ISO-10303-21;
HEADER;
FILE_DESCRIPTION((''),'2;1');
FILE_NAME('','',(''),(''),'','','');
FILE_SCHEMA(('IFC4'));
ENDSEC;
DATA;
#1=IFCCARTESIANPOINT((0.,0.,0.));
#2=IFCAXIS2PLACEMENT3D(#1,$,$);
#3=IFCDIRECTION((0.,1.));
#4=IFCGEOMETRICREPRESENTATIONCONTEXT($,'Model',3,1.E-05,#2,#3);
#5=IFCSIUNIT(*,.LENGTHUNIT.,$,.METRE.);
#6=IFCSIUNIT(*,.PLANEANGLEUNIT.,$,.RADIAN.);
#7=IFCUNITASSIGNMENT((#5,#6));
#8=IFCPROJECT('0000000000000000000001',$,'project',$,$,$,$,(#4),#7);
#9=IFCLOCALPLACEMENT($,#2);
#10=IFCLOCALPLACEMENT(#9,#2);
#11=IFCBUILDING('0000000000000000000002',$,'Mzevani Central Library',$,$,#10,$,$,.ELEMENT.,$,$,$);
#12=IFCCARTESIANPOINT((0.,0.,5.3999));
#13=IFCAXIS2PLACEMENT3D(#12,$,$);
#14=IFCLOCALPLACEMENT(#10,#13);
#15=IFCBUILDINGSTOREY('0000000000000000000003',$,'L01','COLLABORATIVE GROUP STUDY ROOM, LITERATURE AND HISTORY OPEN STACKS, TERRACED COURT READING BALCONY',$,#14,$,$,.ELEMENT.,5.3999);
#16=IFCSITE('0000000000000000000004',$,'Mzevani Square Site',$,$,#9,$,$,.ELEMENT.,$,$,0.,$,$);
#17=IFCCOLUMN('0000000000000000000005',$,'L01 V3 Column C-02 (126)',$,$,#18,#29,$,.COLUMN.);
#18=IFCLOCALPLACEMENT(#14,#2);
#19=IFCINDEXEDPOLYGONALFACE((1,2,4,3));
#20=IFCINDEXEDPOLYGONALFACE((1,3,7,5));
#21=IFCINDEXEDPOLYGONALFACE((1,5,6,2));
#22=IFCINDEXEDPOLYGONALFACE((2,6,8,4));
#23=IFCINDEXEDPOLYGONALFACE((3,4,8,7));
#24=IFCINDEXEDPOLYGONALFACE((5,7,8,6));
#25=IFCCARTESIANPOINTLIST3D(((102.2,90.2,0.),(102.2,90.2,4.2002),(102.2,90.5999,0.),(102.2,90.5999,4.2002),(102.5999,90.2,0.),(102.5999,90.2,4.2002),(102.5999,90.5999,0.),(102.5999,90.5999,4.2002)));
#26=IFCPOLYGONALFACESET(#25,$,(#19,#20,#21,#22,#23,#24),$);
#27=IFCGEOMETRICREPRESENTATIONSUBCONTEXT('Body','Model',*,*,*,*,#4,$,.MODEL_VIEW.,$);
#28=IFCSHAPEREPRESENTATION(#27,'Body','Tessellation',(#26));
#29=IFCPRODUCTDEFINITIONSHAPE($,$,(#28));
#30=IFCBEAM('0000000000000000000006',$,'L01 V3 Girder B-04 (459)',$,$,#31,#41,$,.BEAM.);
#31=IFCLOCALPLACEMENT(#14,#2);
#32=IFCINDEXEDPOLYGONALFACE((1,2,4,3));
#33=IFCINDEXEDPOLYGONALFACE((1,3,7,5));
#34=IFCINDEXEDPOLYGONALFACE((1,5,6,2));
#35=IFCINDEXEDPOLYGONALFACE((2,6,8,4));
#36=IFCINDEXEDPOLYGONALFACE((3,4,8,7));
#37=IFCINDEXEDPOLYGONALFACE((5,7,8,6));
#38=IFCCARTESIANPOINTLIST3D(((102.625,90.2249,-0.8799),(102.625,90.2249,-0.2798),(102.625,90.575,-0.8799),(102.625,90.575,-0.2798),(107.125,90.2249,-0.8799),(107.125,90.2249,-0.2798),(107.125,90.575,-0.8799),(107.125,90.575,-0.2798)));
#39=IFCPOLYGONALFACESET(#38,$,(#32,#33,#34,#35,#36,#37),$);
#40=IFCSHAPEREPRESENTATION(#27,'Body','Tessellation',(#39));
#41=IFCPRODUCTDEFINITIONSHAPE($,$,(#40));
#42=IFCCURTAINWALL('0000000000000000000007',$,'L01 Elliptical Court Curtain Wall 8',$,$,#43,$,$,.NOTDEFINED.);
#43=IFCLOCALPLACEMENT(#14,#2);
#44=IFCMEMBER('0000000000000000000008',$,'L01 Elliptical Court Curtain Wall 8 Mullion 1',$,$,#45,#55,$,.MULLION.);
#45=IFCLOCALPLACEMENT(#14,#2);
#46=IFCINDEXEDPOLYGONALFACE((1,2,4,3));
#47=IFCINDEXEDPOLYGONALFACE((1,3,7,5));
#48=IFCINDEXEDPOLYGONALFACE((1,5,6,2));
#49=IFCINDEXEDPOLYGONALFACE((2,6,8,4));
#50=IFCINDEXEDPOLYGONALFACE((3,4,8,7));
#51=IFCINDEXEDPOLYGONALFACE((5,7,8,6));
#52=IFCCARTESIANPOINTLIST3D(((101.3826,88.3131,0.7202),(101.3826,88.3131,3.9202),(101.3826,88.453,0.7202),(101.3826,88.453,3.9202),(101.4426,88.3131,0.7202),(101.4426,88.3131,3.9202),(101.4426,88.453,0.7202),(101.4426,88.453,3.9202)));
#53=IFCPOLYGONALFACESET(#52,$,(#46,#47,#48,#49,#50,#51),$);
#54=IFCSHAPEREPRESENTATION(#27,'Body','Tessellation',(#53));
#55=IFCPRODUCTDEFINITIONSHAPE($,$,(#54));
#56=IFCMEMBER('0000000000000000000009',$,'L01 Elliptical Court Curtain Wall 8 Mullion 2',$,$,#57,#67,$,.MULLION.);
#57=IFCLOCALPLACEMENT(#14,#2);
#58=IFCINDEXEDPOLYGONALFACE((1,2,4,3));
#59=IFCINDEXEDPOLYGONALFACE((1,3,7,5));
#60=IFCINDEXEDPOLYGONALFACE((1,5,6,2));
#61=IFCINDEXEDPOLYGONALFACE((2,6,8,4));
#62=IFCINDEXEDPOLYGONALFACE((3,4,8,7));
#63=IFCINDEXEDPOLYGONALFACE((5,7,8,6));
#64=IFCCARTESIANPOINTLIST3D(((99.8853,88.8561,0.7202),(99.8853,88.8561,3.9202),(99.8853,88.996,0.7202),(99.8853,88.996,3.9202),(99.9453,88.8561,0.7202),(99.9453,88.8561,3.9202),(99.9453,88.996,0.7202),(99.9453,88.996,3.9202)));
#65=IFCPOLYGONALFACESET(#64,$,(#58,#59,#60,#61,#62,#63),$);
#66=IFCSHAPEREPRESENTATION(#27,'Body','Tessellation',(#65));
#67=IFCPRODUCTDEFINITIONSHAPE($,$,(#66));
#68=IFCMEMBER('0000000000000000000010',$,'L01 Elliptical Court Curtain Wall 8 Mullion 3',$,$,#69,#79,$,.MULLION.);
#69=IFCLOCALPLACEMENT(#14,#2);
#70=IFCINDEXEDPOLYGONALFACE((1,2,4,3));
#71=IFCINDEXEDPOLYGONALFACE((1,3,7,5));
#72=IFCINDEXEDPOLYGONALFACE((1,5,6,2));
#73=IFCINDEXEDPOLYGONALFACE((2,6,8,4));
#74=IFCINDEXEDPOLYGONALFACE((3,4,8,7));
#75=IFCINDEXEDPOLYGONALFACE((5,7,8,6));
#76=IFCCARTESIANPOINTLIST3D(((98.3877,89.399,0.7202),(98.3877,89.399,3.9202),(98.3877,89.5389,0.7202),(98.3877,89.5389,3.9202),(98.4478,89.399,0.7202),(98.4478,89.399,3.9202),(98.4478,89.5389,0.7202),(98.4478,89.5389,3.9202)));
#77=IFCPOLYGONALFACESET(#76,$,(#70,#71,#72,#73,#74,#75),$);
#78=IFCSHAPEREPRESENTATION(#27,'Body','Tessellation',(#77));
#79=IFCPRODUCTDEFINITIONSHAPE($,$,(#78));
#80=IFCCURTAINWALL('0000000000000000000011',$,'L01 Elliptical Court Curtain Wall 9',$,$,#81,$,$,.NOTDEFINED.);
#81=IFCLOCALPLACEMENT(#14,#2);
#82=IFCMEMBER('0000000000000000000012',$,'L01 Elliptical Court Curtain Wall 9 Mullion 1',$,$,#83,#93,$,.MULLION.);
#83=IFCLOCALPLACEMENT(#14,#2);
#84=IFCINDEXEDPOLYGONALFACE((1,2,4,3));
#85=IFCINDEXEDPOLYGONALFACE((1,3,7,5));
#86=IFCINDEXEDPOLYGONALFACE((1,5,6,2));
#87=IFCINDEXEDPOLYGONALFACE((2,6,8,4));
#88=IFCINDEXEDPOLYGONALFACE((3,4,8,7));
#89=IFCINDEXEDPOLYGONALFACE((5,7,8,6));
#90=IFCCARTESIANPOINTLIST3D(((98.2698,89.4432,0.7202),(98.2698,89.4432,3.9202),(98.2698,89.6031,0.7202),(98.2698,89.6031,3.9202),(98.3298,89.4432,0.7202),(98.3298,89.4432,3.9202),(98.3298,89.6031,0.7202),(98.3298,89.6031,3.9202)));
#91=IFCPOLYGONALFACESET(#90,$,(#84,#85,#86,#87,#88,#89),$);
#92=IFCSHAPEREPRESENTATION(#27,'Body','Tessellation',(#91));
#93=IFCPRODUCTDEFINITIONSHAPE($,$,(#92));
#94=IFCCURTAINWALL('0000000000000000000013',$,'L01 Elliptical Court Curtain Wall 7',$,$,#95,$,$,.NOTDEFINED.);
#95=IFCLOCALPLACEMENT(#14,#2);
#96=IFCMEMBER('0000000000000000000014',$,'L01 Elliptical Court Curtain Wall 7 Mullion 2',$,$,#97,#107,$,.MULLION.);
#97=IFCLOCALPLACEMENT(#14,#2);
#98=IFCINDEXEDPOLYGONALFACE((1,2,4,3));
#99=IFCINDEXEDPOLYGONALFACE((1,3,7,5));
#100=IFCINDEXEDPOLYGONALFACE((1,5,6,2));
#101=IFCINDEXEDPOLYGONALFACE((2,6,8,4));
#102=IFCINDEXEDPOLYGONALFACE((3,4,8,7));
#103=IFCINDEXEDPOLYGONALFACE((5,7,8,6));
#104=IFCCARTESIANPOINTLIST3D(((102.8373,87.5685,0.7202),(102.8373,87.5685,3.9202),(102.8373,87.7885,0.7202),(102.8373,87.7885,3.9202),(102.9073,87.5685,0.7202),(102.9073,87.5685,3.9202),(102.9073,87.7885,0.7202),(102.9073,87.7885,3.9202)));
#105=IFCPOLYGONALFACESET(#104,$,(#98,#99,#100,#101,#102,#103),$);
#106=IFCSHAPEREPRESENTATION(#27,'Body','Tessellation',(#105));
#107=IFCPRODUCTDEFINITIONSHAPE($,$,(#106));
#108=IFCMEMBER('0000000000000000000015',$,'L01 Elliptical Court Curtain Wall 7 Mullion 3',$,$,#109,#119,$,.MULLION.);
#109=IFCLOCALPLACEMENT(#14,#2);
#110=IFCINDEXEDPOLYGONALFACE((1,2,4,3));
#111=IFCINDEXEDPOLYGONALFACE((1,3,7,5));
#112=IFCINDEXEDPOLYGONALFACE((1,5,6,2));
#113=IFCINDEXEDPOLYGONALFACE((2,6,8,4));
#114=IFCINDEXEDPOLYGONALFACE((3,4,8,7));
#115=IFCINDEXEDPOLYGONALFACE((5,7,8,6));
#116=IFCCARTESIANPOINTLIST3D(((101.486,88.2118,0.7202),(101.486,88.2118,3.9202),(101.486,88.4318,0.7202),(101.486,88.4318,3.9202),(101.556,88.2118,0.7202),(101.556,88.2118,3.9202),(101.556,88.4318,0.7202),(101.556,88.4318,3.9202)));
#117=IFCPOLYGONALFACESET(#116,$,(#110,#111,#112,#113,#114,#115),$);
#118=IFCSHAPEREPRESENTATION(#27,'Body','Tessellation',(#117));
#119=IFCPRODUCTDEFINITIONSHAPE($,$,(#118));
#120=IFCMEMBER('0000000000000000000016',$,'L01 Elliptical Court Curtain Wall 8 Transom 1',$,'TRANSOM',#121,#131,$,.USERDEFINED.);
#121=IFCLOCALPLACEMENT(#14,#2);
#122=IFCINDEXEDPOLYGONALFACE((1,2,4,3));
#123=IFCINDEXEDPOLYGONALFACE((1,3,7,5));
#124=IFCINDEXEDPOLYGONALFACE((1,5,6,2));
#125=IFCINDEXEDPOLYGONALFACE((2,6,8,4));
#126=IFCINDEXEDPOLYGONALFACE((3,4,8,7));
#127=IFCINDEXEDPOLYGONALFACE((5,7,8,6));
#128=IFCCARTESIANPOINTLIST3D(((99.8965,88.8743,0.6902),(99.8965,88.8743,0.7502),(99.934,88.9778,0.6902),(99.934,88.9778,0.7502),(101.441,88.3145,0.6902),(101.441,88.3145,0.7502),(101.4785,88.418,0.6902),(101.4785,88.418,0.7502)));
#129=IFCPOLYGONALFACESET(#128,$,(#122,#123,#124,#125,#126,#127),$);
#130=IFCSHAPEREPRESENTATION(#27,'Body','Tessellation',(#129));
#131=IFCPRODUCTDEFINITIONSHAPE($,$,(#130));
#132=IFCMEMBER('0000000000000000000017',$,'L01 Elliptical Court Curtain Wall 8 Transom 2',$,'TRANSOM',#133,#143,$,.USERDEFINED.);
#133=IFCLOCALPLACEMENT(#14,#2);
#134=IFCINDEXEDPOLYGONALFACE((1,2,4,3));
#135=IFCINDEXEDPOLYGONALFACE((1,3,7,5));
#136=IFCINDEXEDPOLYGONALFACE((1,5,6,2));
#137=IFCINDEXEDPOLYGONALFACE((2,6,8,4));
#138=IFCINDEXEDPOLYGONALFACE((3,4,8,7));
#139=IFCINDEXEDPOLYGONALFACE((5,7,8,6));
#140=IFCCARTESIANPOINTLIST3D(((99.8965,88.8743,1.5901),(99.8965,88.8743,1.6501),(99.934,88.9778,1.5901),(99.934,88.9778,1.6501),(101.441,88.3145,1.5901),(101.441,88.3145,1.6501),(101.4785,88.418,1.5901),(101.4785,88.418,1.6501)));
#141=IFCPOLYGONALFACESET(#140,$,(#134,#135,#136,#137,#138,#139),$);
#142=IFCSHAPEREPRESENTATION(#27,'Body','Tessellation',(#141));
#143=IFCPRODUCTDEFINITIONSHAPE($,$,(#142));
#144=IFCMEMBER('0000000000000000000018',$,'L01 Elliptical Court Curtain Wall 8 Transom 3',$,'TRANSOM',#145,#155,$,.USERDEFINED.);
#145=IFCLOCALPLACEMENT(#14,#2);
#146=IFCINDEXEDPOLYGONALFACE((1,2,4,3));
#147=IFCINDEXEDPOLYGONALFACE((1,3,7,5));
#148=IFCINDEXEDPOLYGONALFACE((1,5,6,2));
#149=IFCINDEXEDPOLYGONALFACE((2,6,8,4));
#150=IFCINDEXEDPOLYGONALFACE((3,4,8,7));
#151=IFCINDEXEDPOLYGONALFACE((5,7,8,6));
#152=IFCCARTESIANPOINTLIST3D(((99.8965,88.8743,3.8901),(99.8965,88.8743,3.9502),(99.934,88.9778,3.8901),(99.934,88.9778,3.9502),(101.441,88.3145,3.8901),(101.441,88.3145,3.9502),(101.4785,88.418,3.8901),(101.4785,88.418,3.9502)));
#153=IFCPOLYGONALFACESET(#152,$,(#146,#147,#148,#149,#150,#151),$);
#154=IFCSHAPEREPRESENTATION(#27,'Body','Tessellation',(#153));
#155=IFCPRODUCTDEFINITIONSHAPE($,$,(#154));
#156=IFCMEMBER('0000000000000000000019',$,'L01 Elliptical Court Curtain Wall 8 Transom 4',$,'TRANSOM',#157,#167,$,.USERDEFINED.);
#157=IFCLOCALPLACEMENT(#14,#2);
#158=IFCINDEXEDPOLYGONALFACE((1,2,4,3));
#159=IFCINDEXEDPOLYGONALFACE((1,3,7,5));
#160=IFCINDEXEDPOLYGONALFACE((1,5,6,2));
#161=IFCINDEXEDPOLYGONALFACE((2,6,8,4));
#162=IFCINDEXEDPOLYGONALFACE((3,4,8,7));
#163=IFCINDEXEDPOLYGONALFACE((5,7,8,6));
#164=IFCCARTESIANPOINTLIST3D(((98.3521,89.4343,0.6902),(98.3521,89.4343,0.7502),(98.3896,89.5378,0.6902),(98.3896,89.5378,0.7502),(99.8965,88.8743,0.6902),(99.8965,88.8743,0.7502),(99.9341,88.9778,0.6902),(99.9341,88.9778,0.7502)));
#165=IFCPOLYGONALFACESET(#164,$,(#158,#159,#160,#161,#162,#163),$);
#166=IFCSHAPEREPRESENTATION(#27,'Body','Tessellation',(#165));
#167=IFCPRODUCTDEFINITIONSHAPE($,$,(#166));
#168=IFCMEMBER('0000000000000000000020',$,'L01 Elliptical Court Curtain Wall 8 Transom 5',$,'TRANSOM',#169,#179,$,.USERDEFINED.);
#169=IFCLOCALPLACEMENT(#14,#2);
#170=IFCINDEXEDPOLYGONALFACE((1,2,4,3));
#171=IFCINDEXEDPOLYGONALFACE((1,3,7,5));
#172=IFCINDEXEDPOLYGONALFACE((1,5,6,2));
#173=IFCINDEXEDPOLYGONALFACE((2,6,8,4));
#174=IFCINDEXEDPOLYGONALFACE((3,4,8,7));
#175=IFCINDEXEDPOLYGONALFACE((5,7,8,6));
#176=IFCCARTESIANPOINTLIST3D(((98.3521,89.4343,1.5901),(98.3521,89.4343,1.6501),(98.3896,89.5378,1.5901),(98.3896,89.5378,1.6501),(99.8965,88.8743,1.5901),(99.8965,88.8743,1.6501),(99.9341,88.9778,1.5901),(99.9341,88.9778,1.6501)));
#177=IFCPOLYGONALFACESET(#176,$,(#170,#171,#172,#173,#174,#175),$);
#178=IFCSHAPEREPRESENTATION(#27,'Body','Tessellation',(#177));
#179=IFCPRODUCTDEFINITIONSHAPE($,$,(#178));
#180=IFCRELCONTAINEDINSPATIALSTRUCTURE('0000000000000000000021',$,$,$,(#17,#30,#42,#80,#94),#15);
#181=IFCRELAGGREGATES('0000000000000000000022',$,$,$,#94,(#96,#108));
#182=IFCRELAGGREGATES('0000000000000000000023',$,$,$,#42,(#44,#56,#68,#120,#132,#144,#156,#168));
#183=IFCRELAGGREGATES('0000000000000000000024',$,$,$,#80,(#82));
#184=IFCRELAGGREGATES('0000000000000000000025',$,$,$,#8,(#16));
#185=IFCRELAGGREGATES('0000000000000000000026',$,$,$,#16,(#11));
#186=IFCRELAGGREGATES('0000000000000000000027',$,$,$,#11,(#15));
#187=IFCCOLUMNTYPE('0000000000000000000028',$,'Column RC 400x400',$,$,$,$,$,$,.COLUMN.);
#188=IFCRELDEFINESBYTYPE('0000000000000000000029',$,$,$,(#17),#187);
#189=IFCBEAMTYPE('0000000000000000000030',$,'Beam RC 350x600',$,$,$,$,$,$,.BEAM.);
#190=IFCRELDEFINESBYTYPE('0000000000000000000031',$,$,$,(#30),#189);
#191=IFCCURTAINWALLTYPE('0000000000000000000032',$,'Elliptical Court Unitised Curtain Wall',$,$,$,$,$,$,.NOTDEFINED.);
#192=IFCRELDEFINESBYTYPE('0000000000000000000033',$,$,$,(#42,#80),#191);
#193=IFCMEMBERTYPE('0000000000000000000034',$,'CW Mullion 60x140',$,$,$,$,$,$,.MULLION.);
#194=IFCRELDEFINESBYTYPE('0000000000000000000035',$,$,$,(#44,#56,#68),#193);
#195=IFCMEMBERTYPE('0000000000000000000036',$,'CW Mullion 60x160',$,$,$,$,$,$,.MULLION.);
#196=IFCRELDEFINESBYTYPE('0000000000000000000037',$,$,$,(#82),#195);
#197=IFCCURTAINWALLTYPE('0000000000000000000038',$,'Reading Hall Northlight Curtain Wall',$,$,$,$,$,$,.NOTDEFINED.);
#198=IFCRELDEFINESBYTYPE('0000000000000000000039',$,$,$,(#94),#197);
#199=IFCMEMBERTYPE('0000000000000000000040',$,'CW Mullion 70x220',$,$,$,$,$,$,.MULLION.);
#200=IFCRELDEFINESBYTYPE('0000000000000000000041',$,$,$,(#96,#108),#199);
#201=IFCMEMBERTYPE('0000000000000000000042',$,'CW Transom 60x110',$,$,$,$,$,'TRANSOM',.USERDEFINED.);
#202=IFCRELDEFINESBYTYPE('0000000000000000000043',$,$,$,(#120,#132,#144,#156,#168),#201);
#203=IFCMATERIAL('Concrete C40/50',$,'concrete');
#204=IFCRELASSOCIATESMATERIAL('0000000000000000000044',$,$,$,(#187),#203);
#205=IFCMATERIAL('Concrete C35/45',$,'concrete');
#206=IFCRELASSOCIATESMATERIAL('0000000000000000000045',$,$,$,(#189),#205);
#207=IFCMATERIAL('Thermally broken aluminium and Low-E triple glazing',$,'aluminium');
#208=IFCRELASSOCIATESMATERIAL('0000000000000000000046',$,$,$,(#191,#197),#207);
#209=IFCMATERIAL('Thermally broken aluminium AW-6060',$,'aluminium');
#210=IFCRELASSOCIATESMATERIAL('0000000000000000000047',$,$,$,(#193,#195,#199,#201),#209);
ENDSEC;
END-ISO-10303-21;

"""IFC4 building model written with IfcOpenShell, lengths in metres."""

from ifc_helpers import new_model, si_unit, direction, frame, origin, origin_2d, place, context, subcontext, project, spatial, rectangle, extrude, material, material_profile, profile_set, type_object, element, aggregate, save


model = new_model("IFC4")

# Units and contexts
model_context = context("Model", 3, precision=1e-05, world=origin(), true_north=direction((0.0, 1.0)))
body_context = subcontext(model_context, "Body", "Model", "MODEL_VIEW")
ifc_project = project(units=[si_unit("LENGTHUNIT", "METRE"), si_unit("PLANEANGLEUNIT", "RADIAN")], contexts=[model_context])

# Site, building, storey
site_placement = place(None, origin())
site = spatial("IfcSite", under=ifc_project, at=site_placement, Name="Mzevani Square Site", CompositionType="ELEMENT", RefElevation=0.0)
building_placement = place(site_placement, origin())
building = spatial("IfcBuilding", under=site, at=building_placement, Name="Mzevani Central Library", CompositionType="ELEMENT")
storey_placement = place(building_placement, frame((0.0, 0.0, 5.3999)))
storey = spatial("IfcBuildingStorey", under=building, at=storey_placement, Name="L01", Description="COLLABORATIVE GROUP STUDY ROOM, LITERATURE AND HISTORY OPEN STACKS, TERRACED COURT READING BALCONY", CompositionType="ELEMENT", Elevation=5.3999)

# Column
ifc_material_1 = material(Name="Concrete C40/50", Category="concrete")
ifc_material_profile_1 = material_profile(ifc_material_1, rectangle(XDim=0.3999, YDim=0.3999, at=origin_2d()), Name="RC 400x400")
ifc_profile_set_1 = profile_set([ifc_material_profile_1], Name="Concrete C40/50")
column_type = type_object("IfcColumnType", Name="Column RC 400x400", PredefinedType="COLUMN", material=ifc_profile_set_1)
column_placement = place(storey_placement, frame((102.3999, 90.3999, 0.0), z_axis=(0.0, 0.0, 1.0), x_axis=(1.0, 0.0, 0.0)))
element("IfcColumn", 1, at=column_placement, inside=storey, type_object=column_type, Name="L01 V3 Column C-02 (126)", PredefinedType="COLUMN", context=body_context, shape_type="SweptSolid", body=[
    extrude(rectangle(XDim=0.3999, YDim=0.3999, at=origin_2d()), origin(), (0.0, 0.0, 1.0), 4.2002),
])

# Beam
ifc_material_2 = material(Name="Concrete C35/45", Category="concrete")
ifc_material_profile_2 = material_profile(ifc_material_2, rectangle(XDim=0.3501, YDim=0.6001, at=origin_2d()), Name="RC B350x600")
ifc_profile_set_2 = profile_set([ifc_material_profile_2], Name="Concrete C35/45")
beam_type = type_object("IfcBeamType", Name="Beam RC 350x600", PredefinedType="BEAM", material=ifc_profile_set_2)
beam_placement = place(storey_placement, frame((102.625, 90.3999, -0.5798), z_axis=(1.0, 0.0, 0.0), x_axis=(0.0, 1.0, 0.0)))
element("IfcBeam", 2, at=beam_placement, inside=storey, type_object=beam_type, Name="L01 V3 Girder B-04 (459)", PredefinedType="BEAM", context=body_context, shape_type="SweptSolid", body=[
    extrude(rectangle(XDim=0.3501, YDim=0.6001, at=origin_2d()), origin(), (0.0, 0.0, 1.0), 4.5),
])

# Curtain wall, members
ifc_material_3 = material(Name="Thermally broken aluminium and Low-E triple glazing", Category="aluminium")
curtain_wall_type_1 = type_object("IfcCurtainWallType", Name="Elliptical Court Unitised Curtain Wall", PredefinedType="NOTDEFINED", material=ifc_material_3)
curtain_wall_1_placement = place(storey_placement, origin())
curtain_wall_1 = element("IfcCurtainWall", 3, at=curtain_wall_1_placement, inside=storey, type_object=curtain_wall_type_1, Name="L01 Elliptical Court Curtain Wall 8", PredefinedType="NOTDEFINED")
ifc_material_4 = material(Name="Thermally broken aluminium AW-6060", Category="aluminium")
ifc_material_profile_3 = material_profile(ifc_material_4, rectangle(XDim=0.0601, YDim=0.1399, at=origin_2d()), Name="ALU M60x140")
ifc_profile_set_3 = profile_set([ifc_material_profile_3], Name="Thermally broken aluminium AW-6060")
member_type_1 = type_object("IfcMemberType", Name="CW Mullion 60x140", PredefinedType="MULLION", material=ifc_profile_set_3)
member_1_placement = place(storey_placement, frame((101.4126, 88.3831, 0.7202), z_axis=(0.0, 0.0, 1.0), x_axis=(1.0, 0.0, 0.0)))
member_1 = element("IfcMember", 4, at=member_1_placement, type_object=member_type_1, Name="L01 Elliptical Court Curtain Wall 8 Mullion 1", PredefinedType="MULLION", context=body_context, shape_type="SweptSolid", body=[
    extrude(rectangle(XDim=0.0601, YDim=0.1399, at=origin_2d()), origin(), (0.0, 0.0, 1.0), 3.2),
])
member_2_placement = place(storey_placement, frame((99.9153, 88.926, 0.7202), z_axis=(0.0, 0.0, 1.0), x_axis=(1.0, 0.0, 0.0)))
member_2 = element("IfcMember", 5, at=member_2_placement, type_object=member_type_1, Name="L01 Elliptical Court Curtain Wall 8 Mullion 2", PredefinedType="MULLION", context=body_context, shape_type="SweptSolid", body=[
    extrude(rectangle(XDim=0.0601, YDim=0.1399, at=origin_2d()), origin(), (0.0, 0.0, 1.0), 3.2),
])
member_3_placement = place(storey_placement, frame((98.4177, 89.469, 0.7202), z_axis=(0.0, 0.0, 1.0), x_axis=(1.0, 0.0, 0.0)))
member_3 = element("IfcMember", 6, at=member_3_placement, type_object=member_type_1, Name="L01 Elliptical Court Curtain Wall 8 Mullion 3", PredefinedType="MULLION", context=body_context, shape_type="SweptSolid", body=[
    extrude(rectangle(XDim=0.0601, YDim=0.1399, at=origin_2d()), origin(), (0.0, 0.0, 1.0), 3.2),
])

# Curtain wall, member
curtain_wall_2_placement = place(storey_placement, origin())
curtain_wall_2 = element("IfcCurtainWall", 7, at=curtain_wall_2_placement, inside=storey, type_object=curtain_wall_type_1, Name="L01 Elliptical Court Curtain Wall 9", PredefinedType="NOTDEFINED")
ifc_material_profile_4 = material_profile(ifc_material_4, rectangle(XDim=0.0601, YDim=0.1599, at=origin_2d()), Name="ALU M60x160")
ifc_profile_set_4 = profile_set([ifc_material_profile_4], Name="Thermally broken aluminium AW-6060")
member_type_2 = type_object("IfcMemberType", Name="CW Mullion 60x160", PredefinedType="MULLION", material=ifc_profile_set_4)
member_4_placement = place(storey_placement, frame((98.2998, 89.5232, 0.7202), z_axis=(0.0, 0.0, 1.0), x_axis=(1.0, 0.0, 0.0)))
member_4 = element("IfcMember", 8, at=member_4_placement, type_object=member_type_2, Name="L01 Elliptical Court Curtain Wall 9 Mullion 1", PredefinedType="MULLION", context=body_context, shape_type="SweptSolid", body=[
    extrude(rectangle(XDim=0.0601, YDim=0.1599, at=origin_2d()), origin(), (0.0, 0.0, 1.0), 3.2),
])

# Curtain wall, members
curtain_wall_type_2 = type_object("IfcCurtainWallType", Name="Reading Hall Northlight Curtain Wall", PredefinedType="NOTDEFINED", material=ifc_material_3)
curtain_wall_3_placement = place(storey_placement, origin())
curtain_wall_3 = element("IfcCurtainWall", 9, at=curtain_wall_3_placement, inside=storey, type_object=curtain_wall_type_2, Name="L01 Elliptical Court Curtain Wall 7", PredefinedType="NOTDEFINED")
ifc_material_profile_5 = material_profile(ifc_material_4, rectangle(XDim=0.0701, YDim=0.22, at=origin_2d()), Name="ALU M70x220")
ifc_profile_set_5 = profile_set([ifc_material_profile_5], Name="Thermally broken aluminium AW-6060")
member_type_3 = type_object("IfcMemberType", Name="CW Mullion 70x220", PredefinedType="MULLION", material=ifc_profile_set_5)
member_5_placement = place(storey_placement, frame((102.8723, 87.6785, 0.7202), z_axis=(0.0, 0.0, 1.0), x_axis=(1.0, 0.0, 0.0)))
member_5 = element("IfcMember", 10, at=member_5_placement, type_object=member_type_3, Name="L01 Elliptical Court Curtain Wall 7 Mullion 2", PredefinedType="MULLION", context=body_context, shape_type="SweptSolid", body=[
    extrude(rectangle(XDim=0.0701, YDim=0.22, at=origin_2d()), origin(), (0.0, 0.0, 1.0), 3.2),
])
member_6_placement = place(storey_placement, frame((101.521, 88.3218, 0.7202), z_axis=(0.0, 0.0, 1.0), x_axis=(1.0, 0.0, 0.0)))
member_6 = element("IfcMember", 11, at=member_6_placement, type_object=member_type_3, Name="L01 Elliptical Court Curtain Wall 7 Mullion 3", PredefinedType="MULLION", context=body_context, shape_type="SweptSolid", body=[
    extrude(rectangle(XDim=0.0701, YDim=0.22, at=origin_2d()), origin(), (0.0, 0.0, 1.0), 3.2),
])

# Members
ifc_material_profile_6 = material_profile(ifc_material_4, rectangle(XDim=0.1101, YDim=0.0601, at=origin_2d()), Name="ALU T60x110")
ifc_profile_set_6 = profile_set([ifc_material_profile_6], Name="Thermally broken aluminium AW-6060")
member_type_4 = type_object("IfcMemberType", Name="CW Transom 60x110", ElementType="TRANSOM", PredefinedType="USERDEFINED", material=ifc_profile_set_6)
member_7_placement = place(storey_placement, frame((101.4597, 88.3662, 0.7202), z_axis=(-0.940144, 0.340776, 0.0), x_axis=(-0.340776, -0.940144, 0.0)))
member_7 = element("IfcMember", 12, at=member_7_placement, type_object=member_type_4, Name="L01 Elliptical Court Curtain Wall 8 Transom 1", ObjectType="TRANSOM", PredefinedType="USERDEFINED", context=body_context, shape_type="SweptSolid", body=[
    extrude(rectangle(XDim=0.1101, YDim=0.0601, at=origin_2d()), origin(), (0.0, 0.0, 1.0), 1.6428),
])
member_8_placement = place(storey_placement, frame((101.4597, 88.3662, 1.6201), z_axis=(-0.940144, 0.340776, 0.0), x_axis=(-0.340776, -0.940144, 0.0)))
member_8 = element("IfcMember", 13, at=member_8_placement, type_object=member_type_4, Name="L01 Elliptical Court Curtain Wall 8 Transom 2", ObjectType="TRANSOM", PredefinedType="USERDEFINED", context=body_context, shape_type="SweptSolid", body=[
    extrude(rectangle(XDim=0.1101, YDim=0.0601, at=origin_2d()), origin(), (0.0, 0.0, 1.0), 1.6428),
])
member_9_placement = place(storey_placement, frame((101.4597, 88.3662, 3.9202), z_axis=(-0.940144, 0.340776, 0.0), x_axis=(-0.340776, -0.940144, 0.0)))
member_9 = element("IfcMember", 14, at=member_9_placement, type_object=member_type_4, Name="L01 Elliptical Court Curtain Wall 8 Transom 3", ObjectType="TRANSOM", PredefinedType="USERDEFINED", context=body_context, shape_type="SweptSolid", body=[
    extrude(rectangle(XDim=0.1101, YDim=0.0601, at=origin_2d()), origin(), (0.0, 0.0, 1.0), 1.6428),
])
member_10_placement = place(storey_placement, frame((99.9153, 88.926, 0.7202), z_axis=(-0.940097, 0.340908, 0.0), x_axis=(-0.340908, -0.940097, 0.0)))
member_10 = element("IfcMember", 15, at=member_10_placement, type_object=member_type_4, Name="L01 Elliptical Court Curtain Wall 8 Transom 4", ObjectType="TRANSOM", PredefinedType="USERDEFINED", context=body_context, shape_type="SweptSolid", body=[
    extrude(rectangle(XDim=0.1101, YDim=0.0601, at=origin_2d()), origin(), (0.0, 0.0, 1.0), 1.6428),
])
member_11_placement = place(storey_placement, frame((99.9153, 88.926, 1.6201), z_axis=(-0.940097, 0.340908, 0.0), x_axis=(-0.340908, -0.940097, 0.0)))
member_11 = element("IfcMember", 16, at=member_11_placement, type_object=member_type_4, Name="L01 Elliptical Court Curtain Wall 8 Transom 5", ObjectType="TRANSOM", PredefinedType="USERDEFINED", context=body_context, shape_type="SweptSolid", body=[
    extrude(rectangle(XDim=0.1101, YDim=0.0601, at=origin_2d()), origin(), (0.0, 0.0, 1.0), 1.6428),
])

aggregate(curtain_wall_3, [member_5, member_6])
aggregate(curtain_wall_1, [member_1, member_2, member_3, member_7, member_8, member_9, member_10, member_11])
aggregate(curtain_wall_2, [member_4])

save(model, "model.ifc")
